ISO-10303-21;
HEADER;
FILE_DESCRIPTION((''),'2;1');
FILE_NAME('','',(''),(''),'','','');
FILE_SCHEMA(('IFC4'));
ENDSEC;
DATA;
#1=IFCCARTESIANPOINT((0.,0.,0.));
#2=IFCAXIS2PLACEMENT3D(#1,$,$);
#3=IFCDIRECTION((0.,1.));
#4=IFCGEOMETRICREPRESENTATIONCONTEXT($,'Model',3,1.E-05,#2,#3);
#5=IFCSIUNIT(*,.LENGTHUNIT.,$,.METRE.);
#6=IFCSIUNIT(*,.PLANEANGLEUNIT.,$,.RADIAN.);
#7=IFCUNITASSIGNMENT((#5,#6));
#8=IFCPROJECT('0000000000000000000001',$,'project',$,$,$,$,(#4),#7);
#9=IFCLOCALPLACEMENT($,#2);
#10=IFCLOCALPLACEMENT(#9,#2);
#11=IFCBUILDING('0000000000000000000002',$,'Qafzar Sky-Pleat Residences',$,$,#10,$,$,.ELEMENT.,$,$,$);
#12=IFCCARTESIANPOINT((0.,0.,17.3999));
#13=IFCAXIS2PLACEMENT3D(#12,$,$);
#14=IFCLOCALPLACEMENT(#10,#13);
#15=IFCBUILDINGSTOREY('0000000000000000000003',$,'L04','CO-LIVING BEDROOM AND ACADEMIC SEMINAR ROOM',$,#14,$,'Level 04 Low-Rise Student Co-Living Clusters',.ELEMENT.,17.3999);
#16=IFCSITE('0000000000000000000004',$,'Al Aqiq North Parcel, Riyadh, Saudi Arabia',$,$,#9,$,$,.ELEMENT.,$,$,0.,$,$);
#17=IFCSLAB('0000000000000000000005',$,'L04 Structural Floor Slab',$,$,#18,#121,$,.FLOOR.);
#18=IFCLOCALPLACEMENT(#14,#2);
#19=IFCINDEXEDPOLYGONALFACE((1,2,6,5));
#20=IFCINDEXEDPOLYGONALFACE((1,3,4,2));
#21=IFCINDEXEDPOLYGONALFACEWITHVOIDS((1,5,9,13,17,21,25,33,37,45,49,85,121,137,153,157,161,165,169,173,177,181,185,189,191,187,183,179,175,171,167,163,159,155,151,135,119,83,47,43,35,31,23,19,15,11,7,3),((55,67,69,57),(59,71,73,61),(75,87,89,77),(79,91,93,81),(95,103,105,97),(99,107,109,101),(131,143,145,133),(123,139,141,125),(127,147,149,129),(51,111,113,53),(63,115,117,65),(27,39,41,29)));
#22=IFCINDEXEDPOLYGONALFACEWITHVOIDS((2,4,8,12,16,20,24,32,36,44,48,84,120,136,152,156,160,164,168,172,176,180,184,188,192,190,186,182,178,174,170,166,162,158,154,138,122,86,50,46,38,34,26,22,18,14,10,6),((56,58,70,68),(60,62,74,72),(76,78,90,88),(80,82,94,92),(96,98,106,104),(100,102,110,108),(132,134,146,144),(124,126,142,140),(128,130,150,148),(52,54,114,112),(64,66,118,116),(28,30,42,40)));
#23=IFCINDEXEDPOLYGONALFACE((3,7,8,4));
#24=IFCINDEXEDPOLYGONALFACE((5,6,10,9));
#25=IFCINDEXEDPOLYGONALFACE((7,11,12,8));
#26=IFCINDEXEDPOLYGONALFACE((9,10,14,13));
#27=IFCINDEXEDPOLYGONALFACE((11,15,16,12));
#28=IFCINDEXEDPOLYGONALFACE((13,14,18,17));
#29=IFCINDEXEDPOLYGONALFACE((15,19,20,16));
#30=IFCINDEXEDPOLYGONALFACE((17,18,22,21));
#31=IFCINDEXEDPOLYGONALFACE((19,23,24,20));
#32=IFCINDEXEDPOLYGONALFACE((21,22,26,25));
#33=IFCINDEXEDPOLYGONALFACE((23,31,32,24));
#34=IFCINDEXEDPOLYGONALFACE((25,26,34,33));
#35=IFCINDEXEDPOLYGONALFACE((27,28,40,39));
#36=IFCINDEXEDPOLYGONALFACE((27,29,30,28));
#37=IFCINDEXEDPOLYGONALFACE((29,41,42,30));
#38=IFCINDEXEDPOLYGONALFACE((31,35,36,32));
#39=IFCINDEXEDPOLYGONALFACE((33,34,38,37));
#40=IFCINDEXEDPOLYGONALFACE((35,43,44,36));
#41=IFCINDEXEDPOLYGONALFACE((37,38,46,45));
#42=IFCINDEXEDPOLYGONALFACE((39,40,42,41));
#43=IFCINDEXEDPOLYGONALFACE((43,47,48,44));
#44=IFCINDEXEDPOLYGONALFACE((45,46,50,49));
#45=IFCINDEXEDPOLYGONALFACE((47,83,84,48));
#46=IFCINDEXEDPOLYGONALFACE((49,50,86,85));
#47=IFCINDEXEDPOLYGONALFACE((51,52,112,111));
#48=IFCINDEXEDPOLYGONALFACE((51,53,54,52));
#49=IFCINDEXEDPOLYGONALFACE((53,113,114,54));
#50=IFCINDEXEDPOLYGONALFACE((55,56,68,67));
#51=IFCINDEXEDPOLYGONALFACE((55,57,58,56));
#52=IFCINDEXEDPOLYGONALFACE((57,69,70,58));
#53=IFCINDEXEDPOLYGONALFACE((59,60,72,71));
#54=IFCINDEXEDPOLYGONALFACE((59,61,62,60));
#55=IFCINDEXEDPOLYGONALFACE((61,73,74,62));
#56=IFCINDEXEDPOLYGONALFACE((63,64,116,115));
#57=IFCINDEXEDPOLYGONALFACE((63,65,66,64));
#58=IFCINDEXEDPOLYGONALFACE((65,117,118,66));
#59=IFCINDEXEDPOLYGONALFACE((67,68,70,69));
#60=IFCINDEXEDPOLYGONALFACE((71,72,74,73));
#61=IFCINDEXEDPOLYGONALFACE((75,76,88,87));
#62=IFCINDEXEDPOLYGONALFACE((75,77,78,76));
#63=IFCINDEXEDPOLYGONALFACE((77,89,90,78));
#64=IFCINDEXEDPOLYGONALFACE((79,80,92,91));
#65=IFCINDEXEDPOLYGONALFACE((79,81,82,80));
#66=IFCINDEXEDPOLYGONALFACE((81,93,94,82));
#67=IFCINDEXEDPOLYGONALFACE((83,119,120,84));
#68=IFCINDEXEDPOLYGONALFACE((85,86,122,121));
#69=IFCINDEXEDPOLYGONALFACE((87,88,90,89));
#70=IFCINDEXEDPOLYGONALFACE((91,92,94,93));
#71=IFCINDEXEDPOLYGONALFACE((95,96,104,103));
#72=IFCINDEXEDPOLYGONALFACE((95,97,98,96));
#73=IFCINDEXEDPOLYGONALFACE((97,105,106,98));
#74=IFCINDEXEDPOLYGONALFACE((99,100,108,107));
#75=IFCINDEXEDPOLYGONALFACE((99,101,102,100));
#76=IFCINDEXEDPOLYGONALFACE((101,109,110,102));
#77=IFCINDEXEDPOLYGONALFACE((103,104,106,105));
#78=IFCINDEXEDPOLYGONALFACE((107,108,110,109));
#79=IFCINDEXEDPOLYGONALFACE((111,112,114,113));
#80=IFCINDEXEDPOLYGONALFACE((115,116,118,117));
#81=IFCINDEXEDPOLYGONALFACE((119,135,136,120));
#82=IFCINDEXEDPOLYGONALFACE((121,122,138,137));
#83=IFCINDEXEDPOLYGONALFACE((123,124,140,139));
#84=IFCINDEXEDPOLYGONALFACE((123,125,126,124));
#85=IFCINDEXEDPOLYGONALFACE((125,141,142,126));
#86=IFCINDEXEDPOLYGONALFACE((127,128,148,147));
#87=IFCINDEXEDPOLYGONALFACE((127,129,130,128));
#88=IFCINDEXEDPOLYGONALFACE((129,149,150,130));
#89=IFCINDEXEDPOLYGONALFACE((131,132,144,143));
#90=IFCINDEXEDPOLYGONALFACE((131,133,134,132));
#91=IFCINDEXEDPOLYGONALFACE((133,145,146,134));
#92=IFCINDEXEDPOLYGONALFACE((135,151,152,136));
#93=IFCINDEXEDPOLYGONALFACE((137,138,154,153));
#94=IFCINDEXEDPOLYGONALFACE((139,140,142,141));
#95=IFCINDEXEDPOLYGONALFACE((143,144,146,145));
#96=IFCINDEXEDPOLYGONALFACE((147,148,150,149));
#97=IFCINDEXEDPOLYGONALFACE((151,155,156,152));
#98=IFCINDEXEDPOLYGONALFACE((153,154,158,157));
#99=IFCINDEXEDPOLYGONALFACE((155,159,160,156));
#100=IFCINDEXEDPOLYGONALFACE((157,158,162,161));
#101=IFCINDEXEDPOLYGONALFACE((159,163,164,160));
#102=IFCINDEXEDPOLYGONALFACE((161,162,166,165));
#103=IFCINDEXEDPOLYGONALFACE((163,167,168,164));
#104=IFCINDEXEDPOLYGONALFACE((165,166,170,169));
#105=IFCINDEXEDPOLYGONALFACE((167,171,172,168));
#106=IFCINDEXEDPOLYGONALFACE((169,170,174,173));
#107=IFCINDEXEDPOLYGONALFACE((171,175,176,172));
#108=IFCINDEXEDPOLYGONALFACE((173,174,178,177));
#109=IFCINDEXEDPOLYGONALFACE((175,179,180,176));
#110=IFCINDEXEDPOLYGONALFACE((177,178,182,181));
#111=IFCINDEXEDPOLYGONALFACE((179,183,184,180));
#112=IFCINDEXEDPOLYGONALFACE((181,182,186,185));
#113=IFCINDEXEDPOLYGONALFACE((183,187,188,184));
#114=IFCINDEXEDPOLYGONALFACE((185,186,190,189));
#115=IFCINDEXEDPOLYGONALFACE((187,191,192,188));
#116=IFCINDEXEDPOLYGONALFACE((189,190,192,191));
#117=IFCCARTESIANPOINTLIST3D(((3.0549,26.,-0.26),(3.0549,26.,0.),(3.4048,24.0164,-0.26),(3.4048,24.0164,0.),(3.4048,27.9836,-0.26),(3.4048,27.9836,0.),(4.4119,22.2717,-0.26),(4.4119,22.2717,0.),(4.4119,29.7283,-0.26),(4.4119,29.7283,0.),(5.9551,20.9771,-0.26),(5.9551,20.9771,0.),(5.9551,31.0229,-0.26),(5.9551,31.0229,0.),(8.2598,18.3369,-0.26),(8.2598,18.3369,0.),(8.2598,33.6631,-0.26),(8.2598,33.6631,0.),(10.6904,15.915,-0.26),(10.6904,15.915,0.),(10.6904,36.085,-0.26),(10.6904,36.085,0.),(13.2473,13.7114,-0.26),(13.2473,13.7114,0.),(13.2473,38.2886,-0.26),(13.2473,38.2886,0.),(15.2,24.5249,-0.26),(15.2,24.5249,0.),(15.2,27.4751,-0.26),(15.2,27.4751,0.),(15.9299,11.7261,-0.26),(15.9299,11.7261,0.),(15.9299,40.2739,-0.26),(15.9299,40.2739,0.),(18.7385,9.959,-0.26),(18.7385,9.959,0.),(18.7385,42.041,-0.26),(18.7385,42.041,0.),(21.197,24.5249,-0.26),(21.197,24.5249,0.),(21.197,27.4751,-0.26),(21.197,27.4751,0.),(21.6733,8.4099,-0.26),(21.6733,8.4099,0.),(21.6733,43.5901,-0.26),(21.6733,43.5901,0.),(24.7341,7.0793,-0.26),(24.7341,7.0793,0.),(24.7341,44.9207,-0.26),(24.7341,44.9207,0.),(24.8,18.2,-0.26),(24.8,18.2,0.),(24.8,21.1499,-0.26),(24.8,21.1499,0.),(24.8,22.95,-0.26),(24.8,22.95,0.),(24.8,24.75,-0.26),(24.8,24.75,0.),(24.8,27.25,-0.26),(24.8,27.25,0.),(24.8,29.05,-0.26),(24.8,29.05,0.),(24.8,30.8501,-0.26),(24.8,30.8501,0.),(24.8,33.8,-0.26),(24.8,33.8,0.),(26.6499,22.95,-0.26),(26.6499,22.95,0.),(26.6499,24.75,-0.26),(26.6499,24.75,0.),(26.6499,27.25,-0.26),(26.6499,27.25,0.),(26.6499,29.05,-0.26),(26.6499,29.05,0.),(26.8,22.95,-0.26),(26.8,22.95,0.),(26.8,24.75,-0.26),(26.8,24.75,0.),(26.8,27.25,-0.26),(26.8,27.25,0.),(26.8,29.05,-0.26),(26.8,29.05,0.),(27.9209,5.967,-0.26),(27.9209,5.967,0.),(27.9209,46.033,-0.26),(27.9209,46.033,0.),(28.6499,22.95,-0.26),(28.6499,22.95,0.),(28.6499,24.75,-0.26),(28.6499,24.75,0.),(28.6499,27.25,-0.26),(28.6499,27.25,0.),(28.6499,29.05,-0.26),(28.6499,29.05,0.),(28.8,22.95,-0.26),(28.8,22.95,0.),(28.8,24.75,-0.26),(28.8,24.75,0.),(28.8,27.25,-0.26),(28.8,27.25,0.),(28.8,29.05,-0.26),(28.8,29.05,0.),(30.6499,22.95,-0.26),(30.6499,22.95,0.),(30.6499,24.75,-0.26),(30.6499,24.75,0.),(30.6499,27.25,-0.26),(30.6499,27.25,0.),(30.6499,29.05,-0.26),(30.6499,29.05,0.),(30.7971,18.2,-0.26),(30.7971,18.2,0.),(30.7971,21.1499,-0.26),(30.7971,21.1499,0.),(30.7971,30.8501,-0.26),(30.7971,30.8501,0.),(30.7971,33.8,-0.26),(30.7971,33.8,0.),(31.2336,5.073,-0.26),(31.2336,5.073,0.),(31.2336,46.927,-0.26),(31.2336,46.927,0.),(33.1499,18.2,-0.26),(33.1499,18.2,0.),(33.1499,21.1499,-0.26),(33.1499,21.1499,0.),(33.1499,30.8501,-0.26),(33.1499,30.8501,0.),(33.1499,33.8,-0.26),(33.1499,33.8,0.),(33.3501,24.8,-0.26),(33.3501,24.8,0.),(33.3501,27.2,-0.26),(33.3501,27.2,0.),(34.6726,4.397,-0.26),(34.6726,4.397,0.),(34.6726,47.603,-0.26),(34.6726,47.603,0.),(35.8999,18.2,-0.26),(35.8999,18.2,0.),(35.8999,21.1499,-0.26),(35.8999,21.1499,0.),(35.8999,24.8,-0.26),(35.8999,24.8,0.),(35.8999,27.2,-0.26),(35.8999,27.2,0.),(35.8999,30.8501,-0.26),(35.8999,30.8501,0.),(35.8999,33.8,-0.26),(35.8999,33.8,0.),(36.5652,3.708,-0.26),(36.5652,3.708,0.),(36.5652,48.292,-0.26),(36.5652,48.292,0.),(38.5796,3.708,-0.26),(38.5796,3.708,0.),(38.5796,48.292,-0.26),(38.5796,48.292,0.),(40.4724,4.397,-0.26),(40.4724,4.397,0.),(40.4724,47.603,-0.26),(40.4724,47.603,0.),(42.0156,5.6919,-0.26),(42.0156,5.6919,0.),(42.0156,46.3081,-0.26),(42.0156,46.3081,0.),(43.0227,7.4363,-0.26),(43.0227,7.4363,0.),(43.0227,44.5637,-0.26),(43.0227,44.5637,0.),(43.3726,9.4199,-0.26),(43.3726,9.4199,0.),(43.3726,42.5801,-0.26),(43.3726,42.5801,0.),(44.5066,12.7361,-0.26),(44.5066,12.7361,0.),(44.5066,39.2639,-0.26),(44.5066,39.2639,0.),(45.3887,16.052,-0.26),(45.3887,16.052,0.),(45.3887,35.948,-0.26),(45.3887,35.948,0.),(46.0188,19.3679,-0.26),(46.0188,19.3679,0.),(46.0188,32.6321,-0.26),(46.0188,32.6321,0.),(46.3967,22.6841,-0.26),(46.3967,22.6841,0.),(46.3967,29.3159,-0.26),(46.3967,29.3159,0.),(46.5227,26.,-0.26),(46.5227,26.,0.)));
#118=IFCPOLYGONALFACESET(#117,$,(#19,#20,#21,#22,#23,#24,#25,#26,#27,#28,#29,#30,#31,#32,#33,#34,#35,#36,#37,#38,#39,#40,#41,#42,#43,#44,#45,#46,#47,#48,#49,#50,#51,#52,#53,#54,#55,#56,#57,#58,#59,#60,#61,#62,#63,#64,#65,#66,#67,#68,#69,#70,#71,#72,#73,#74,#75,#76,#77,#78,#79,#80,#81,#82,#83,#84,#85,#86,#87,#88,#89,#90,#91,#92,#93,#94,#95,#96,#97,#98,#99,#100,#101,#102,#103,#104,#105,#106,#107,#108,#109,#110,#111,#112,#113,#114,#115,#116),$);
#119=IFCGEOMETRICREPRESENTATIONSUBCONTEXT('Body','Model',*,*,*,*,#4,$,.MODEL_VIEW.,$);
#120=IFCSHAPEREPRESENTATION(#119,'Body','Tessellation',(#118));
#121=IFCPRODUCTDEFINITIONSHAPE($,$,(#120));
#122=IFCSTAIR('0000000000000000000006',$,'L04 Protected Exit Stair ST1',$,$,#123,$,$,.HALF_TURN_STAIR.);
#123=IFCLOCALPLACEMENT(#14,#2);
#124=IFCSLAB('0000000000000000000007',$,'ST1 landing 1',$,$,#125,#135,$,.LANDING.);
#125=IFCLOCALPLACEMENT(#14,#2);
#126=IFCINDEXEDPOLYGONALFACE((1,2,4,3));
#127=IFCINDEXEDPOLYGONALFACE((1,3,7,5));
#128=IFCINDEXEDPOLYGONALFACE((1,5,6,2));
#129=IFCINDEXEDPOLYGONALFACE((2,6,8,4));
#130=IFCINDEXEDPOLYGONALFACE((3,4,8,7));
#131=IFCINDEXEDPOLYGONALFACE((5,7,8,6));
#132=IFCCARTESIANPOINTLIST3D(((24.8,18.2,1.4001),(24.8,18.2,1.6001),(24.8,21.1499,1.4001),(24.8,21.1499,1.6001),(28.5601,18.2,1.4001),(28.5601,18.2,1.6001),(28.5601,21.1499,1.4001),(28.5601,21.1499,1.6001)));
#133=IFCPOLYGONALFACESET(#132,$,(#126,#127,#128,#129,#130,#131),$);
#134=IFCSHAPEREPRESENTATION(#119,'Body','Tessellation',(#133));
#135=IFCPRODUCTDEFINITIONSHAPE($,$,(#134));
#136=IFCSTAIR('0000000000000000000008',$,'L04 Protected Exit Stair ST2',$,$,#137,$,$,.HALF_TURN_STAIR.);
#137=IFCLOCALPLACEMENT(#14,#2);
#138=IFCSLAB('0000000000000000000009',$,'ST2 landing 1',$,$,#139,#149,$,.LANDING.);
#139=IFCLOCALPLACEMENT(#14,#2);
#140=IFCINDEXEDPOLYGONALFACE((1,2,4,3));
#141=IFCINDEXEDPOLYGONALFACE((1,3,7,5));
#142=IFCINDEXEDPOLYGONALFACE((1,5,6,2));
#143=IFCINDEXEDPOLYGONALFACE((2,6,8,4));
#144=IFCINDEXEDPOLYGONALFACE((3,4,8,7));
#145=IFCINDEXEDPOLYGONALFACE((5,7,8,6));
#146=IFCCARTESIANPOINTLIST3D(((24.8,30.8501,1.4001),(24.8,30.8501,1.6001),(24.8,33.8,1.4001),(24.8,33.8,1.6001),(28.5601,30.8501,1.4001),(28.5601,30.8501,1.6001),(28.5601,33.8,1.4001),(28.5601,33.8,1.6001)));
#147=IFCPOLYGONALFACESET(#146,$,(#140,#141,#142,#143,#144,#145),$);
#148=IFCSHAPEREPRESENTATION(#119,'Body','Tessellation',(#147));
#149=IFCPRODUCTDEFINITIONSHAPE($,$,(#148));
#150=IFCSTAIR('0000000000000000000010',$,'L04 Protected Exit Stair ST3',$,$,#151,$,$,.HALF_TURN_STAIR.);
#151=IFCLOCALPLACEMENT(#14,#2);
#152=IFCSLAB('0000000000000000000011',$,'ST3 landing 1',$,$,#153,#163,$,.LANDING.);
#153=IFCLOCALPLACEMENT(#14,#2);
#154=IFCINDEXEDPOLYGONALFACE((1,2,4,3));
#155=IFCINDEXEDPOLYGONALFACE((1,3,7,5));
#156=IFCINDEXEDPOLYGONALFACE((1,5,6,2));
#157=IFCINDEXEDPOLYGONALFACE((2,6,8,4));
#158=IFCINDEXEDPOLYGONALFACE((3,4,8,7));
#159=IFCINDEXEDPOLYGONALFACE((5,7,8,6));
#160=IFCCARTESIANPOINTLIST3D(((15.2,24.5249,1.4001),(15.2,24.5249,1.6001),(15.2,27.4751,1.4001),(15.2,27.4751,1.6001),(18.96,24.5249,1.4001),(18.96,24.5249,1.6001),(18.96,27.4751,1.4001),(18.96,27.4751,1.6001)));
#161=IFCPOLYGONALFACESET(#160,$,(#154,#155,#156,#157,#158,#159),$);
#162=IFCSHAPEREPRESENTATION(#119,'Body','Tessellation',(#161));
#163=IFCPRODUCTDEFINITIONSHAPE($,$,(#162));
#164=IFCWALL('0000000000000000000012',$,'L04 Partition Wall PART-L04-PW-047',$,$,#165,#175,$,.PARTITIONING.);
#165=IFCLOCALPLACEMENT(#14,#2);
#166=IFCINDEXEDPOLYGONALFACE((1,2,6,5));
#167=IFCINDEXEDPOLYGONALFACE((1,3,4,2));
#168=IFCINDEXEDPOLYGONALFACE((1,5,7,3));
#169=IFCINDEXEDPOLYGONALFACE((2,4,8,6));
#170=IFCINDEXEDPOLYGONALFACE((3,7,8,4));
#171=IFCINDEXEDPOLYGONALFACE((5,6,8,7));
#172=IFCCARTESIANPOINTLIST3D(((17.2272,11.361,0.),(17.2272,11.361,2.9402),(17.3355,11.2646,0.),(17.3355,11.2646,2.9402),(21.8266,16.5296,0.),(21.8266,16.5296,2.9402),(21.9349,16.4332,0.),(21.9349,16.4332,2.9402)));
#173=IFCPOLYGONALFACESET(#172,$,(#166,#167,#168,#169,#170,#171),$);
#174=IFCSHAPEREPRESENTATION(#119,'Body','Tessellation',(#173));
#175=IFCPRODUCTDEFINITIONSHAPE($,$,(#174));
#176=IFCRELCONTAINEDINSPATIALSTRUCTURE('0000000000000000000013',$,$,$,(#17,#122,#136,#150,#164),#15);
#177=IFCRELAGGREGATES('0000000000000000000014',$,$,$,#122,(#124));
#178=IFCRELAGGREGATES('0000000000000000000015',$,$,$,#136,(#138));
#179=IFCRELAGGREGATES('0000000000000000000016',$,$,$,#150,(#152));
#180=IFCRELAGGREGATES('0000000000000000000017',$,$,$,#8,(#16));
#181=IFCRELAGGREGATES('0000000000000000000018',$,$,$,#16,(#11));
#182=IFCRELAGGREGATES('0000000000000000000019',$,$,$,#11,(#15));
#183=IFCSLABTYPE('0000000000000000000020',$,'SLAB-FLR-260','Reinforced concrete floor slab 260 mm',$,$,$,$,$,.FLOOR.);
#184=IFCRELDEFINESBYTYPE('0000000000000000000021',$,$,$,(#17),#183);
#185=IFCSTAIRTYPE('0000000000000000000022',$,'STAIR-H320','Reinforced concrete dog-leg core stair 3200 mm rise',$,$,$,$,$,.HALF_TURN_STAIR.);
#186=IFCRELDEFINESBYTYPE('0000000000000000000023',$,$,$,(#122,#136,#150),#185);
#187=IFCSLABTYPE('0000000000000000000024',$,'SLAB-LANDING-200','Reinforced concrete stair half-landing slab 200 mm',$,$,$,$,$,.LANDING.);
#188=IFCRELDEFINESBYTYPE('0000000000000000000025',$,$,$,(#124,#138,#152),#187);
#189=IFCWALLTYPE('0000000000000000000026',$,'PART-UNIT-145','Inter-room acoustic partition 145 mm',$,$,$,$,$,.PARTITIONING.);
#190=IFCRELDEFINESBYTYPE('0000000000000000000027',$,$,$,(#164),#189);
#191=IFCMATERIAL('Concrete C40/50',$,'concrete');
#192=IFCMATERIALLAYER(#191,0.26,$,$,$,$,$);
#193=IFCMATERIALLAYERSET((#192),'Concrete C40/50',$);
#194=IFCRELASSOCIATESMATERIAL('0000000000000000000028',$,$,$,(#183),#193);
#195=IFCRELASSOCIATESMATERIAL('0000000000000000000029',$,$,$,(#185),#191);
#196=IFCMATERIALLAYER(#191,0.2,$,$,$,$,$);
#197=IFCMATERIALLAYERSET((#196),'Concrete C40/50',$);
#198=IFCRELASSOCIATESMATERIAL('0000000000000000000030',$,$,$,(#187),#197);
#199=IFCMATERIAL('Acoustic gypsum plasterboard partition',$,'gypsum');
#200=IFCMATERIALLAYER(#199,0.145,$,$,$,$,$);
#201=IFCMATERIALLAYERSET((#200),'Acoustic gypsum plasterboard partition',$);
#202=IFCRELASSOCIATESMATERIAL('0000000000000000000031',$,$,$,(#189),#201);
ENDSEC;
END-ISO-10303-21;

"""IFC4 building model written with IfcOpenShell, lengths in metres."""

from ifc_helpers import new_model, si_unit, direction, frame, frame_2d, origin, place, context, subcontext, project, spatial, polyline, rectangle, outline, extrude, material, layer, layer_set, type_object, element, aggregate, save


model = new_model("IFC4")

# Units and contexts
model_context = context("Model", 3, precision=1e-05, world=origin(), true_north=direction((0.0, 1.0)))
body_context = subcontext(model_context, "Body", "Model", "MODEL_VIEW")
ifc_project = project(units=[si_unit("LENGTHUNIT", "METRE"), si_unit("PLANEANGLEUNIT", "RADIAN")], contexts=[model_context])

# Site, building, storey
site_placement = place(None, origin())
site = spatial("IfcSite", under=ifc_project, at=site_placement, Name="Al Aqiq North Parcel, Riyadh, Saudi Arabia", CompositionType="ELEMENT", RefElevation=0.0)
building_placement = place(site_placement, origin())
building = spatial("IfcBuilding", under=site, at=building_placement, Name="Qafzar Sky-Pleat Residences", CompositionType="ELEMENT")
storey_placement = place(building_placement, frame((0.0, 0.0, 17.3999)))
storey = spatial("IfcBuildingStorey", under=building, at=storey_placement, Name="L04", Description="CO-LIVING BEDROOM AND ACADEMIC SEMINAR ROOM", LongName="Level 04 Low-Rise Student Co-Living Clusters", CompositionType="ELEMENT", Elevation=17.3999)

# Slab
ifc_material_1 = material(Name="Concrete C40/50", Category="concrete")
ifc_layer_1 = layer(ifc_material_1, 0.26)
ifc_layer_set_1 = layer_set([ifc_layer_1], Name="Concrete C40/50")
slab_type_1 = type_object("IfcSlabType", Name="SLAB-FLR-260", Description="Reinforced concrete floor slab 260 mm", PredefinedType="FLOOR", material=ifc_layer_set_1)
slab_1_placement = place(storey_placement, frame((0.0, 0.0, -0.26)))
element("IfcSlab", 1, at=slab_1_placement, inside=storey, type_object=slab_type_1, Name="L04 Structural Floor Slab", PredefinedType="FLOOR", context=body_context, shape_type="SweptSolid", body=[
    extrude(outline(polyline([(5.9551, 31.0229), (4.4119, 29.7283), (3.4048, 27.9836), (3.0549, 26.0), (3.4048, 24.0164), (4.4119, 22.2717), (5.9551, 20.9771), (8.2598, 18.3369), (10.6904, 15.915), (13.2473, 13.7114), (15.9299, 11.7261), (18.7385, 9.959), (21.6733, 8.4099), (24.7341, 7.0793), (27.9209, 5.967), (31.2336, 5.073), (34.6726, 4.397), (36.5652, 3.708), (38.5796, 3.708), (40.4724, 4.397), (42.0156, 5.6919), (43.0227, 7.4363), (43.3726, 9.4199), (44.5066, 12.7361), (45.3887, 16.052), (46.0188, 19.3679), (46.3967, 22.6841), (46.5227, 26.0), (46.3967, 29.3159), (46.0188, 32.6321), (45.3887, 35.948), (44.5066, 39.2639), (43.3726, 42.5801), (43.0227, 44.5637), (42.0156, 46.3081), (40.4724, 47.603), (38.5796, 48.292), (36.5652, 48.292), (34.6726, 47.603), (31.2336, 46.927), (27.9209, 46.033), (24.7341, 44.9207), (21.6733, 43.5901), (18.7385, 42.041), (15.9299, 40.2739), (13.2473, 38.2886), (10.6904, 36.085), (8.2598, 33.6631), (5.9551, 31.0229)]), holes=[polyline([(30.7971, 21.1499), (24.8, 21.1499), (24.8, 18.2), (30.7971, 18.2), (30.7971, 21.1499)]), polyline([(30.7971, 33.8), (24.8, 33.8), (24.8, 30.8501), (30.7971, 30.8501), (30.7971, 33.8)]), polyline([(21.197, 27.4751), (15.2, 27.4751), (15.2, 24.5249), (21.197, 24.5249), (21.197, 27.4751)]), polyline([(24.8, 22.95), (26.6499, 22.95), (26.6499, 24.75), (24.8, 24.75), (24.8, 22.95)]), polyline([(26.8, 22.95), (28.6499, 22.95), (28.6499, 24.75), (26.8, 24.75), (26.8, 22.95)]), polyline([(28.8, 22.95), (30.6499, 22.95), (30.6499, 24.75), (28.8, 24.75), (28.8, 22.95)]), polyline([(24.8, 27.25), (26.6499, 27.25), (26.6499, 29.05), (24.8, 29.05), (24.8, 27.25)]), polyline([(26.8, 27.25), (28.6499, 27.25), (28.6499, 29.05), (26.8, 29.05), (26.8, 27.25)]), polyline([(28.8, 27.25), (30.6499, 27.25), (30.6499, 29.05), (28.8, 29.05), (28.8, 27.25)]), polyline([(33.1499, 18.2), (35.8999, 18.2), (35.8999, 21.1499), (33.1499, 21.1499), (33.1499, 18.2)]), polyline([(33.1499, 30.8501), (35.8999, 30.8501), (35.8999, 33.8), (33.1499, 33.8), (33.1499, 30.8501)]), polyline([(33.3501, 24.8), (35.8999, 24.8), (35.8999, 27.2), (33.3501, 27.2), (33.3501, 24.8)])]), origin(), (0.0, 0.0, 1.0), 0.26),
])

# Stairs, slabs
stair_type = type_object("IfcStairType", Name="STAIR-H320", Description="Reinforced concrete dog-leg core stair 3200 mm rise", PredefinedType="HALF_TURN_STAIR", material=ifc_material_1)
stair_1_placement = place(storey_placement, origin())
stair_1 = element("IfcStair", 2, at=stair_1_placement, inside=storey, type_object=stair_type, Name="L04 Protected Exit Stair ST1", PredefinedType="HALF_TURN_STAIR")
ifc_layer_2 = layer(ifc_material_1, 0.2)
ifc_layer_set_2 = layer_set([ifc_layer_2], Name="Concrete C40/50")
slab_type_2 = type_object("IfcSlabType", Name="SLAB-LANDING-200", Description="Reinforced concrete stair half-landing slab 200 mm", PredefinedType="LANDING", material=ifc_layer_set_2)
slab_2_placement = place(storey_placement, frame((0.0, 0.0, 1.4001)))
slab_2 = element("IfcSlab", 3, at=slab_2_placement, type_object=slab_type_2, Name="ST1 landing 1", PredefinedType="LANDING", context=body_context, shape_type="SweptSolid", body=[
    extrude(outline(polyline([(28.5601, 21.1499), (24.8, 21.1499), (24.8, 18.2), (28.5601, 18.2), (28.5601, 21.1499)])), origin(), (0.0, 0.0, 1.0), 0.2),
])
aggregate(stair_1, [slab_2])
stair_2_placement = place(storey_placement, origin())
stair_2 = element("IfcStair", 4, at=stair_2_placement, inside=storey, type_object=stair_type, Name="L04 Protected Exit Stair ST2", PredefinedType="HALF_TURN_STAIR")
slab_3_placement = place(storey_placement, frame((0.0, 0.0, 1.4001)))
slab_3 = element("IfcSlab", 5, at=slab_3_placement, type_object=slab_type_2, Name="ST2 landing 1", PredefinedType="LANDING", context=body_context, shape_type="SweptSolid", body=[
    extrude(outline(polyline([(28.5601, 33.8), (24.8, 33.8), (24.8, 30.8501), (28.5601, 30.8501), (28.5601, 33.8)])), origin(), (0.0, 0.0, 1.0), 0.2),
])
aggregate(stair_2, [slab_3])
stair_3_placement = place(storey_placement, origin())
stair_3 = element("IfcStair", 6, at=stair_3_placement, inside=storey, type_object=stair_type, Name="L04 Protected Exit Stair ST3", PredefinedType="HALF_TURN_STAIR")
slab_4_placement = place(storey_placement, frame((0.0, 0.0, 1.4001)))
slab_4 = element("IfcSlab", 7, at=slab_4_placement, type_object=slab_type_2, Name="ST3 landing 1", PredefinedType="LANDING", context=body_context, shape_type="SweptSolid", body=[
    extrude(outline(polyline([(18.96, 27.4751), (15.2, 27.4751), (15.2, 24.5249), (18.96, 24.5249), (18.96, 27.4751)])), origin(), (0.0, 0.0, 1.0), 0.2),
])
aggregate(stair_3, [slab_4])

# Wall
ifc_material_2 = material(Name="Acoustic gypsum plasterboard partition", Category="gypsum")
ifc_layer_3 = layer(ifc_material_2, 0.145)
ifc_layer_set_3 = layer_set([ifc_layer_3], Name="Acoustic gypsum plasterboard partition")
wall_type_1 = type_object("IfcWallType", Name="PART-UNIT-145", Description="Inter-room acoustic partition 145 mm", PredefinedType="PARTITIONING", material=ifc_layer_set_3)
wall_1_placement = place(storey_placement, frame((17.2812, 11.3127, 0.0), z_axis=(0.0, 0.0, 1.0), x_axis=(0.664782, 0.747037, 0.0)))
element("IfcWall", 8, at=wall_1_placement, inside=storey, type_object=wall_type_1, Name="L04 Partition Wall PART-L04-PW-047", PredefinedType="PARTITIONING", context=body_context, shape_type="SweptSolid", body=[
    extrude(rectangle(XDim=6.9187, YDim=0.145, at=frame_2d((3.4595, 0.0))), origin(), (0.0, 0.0, 1.0), 2.9402),
])

save(model, "model.ifc")
